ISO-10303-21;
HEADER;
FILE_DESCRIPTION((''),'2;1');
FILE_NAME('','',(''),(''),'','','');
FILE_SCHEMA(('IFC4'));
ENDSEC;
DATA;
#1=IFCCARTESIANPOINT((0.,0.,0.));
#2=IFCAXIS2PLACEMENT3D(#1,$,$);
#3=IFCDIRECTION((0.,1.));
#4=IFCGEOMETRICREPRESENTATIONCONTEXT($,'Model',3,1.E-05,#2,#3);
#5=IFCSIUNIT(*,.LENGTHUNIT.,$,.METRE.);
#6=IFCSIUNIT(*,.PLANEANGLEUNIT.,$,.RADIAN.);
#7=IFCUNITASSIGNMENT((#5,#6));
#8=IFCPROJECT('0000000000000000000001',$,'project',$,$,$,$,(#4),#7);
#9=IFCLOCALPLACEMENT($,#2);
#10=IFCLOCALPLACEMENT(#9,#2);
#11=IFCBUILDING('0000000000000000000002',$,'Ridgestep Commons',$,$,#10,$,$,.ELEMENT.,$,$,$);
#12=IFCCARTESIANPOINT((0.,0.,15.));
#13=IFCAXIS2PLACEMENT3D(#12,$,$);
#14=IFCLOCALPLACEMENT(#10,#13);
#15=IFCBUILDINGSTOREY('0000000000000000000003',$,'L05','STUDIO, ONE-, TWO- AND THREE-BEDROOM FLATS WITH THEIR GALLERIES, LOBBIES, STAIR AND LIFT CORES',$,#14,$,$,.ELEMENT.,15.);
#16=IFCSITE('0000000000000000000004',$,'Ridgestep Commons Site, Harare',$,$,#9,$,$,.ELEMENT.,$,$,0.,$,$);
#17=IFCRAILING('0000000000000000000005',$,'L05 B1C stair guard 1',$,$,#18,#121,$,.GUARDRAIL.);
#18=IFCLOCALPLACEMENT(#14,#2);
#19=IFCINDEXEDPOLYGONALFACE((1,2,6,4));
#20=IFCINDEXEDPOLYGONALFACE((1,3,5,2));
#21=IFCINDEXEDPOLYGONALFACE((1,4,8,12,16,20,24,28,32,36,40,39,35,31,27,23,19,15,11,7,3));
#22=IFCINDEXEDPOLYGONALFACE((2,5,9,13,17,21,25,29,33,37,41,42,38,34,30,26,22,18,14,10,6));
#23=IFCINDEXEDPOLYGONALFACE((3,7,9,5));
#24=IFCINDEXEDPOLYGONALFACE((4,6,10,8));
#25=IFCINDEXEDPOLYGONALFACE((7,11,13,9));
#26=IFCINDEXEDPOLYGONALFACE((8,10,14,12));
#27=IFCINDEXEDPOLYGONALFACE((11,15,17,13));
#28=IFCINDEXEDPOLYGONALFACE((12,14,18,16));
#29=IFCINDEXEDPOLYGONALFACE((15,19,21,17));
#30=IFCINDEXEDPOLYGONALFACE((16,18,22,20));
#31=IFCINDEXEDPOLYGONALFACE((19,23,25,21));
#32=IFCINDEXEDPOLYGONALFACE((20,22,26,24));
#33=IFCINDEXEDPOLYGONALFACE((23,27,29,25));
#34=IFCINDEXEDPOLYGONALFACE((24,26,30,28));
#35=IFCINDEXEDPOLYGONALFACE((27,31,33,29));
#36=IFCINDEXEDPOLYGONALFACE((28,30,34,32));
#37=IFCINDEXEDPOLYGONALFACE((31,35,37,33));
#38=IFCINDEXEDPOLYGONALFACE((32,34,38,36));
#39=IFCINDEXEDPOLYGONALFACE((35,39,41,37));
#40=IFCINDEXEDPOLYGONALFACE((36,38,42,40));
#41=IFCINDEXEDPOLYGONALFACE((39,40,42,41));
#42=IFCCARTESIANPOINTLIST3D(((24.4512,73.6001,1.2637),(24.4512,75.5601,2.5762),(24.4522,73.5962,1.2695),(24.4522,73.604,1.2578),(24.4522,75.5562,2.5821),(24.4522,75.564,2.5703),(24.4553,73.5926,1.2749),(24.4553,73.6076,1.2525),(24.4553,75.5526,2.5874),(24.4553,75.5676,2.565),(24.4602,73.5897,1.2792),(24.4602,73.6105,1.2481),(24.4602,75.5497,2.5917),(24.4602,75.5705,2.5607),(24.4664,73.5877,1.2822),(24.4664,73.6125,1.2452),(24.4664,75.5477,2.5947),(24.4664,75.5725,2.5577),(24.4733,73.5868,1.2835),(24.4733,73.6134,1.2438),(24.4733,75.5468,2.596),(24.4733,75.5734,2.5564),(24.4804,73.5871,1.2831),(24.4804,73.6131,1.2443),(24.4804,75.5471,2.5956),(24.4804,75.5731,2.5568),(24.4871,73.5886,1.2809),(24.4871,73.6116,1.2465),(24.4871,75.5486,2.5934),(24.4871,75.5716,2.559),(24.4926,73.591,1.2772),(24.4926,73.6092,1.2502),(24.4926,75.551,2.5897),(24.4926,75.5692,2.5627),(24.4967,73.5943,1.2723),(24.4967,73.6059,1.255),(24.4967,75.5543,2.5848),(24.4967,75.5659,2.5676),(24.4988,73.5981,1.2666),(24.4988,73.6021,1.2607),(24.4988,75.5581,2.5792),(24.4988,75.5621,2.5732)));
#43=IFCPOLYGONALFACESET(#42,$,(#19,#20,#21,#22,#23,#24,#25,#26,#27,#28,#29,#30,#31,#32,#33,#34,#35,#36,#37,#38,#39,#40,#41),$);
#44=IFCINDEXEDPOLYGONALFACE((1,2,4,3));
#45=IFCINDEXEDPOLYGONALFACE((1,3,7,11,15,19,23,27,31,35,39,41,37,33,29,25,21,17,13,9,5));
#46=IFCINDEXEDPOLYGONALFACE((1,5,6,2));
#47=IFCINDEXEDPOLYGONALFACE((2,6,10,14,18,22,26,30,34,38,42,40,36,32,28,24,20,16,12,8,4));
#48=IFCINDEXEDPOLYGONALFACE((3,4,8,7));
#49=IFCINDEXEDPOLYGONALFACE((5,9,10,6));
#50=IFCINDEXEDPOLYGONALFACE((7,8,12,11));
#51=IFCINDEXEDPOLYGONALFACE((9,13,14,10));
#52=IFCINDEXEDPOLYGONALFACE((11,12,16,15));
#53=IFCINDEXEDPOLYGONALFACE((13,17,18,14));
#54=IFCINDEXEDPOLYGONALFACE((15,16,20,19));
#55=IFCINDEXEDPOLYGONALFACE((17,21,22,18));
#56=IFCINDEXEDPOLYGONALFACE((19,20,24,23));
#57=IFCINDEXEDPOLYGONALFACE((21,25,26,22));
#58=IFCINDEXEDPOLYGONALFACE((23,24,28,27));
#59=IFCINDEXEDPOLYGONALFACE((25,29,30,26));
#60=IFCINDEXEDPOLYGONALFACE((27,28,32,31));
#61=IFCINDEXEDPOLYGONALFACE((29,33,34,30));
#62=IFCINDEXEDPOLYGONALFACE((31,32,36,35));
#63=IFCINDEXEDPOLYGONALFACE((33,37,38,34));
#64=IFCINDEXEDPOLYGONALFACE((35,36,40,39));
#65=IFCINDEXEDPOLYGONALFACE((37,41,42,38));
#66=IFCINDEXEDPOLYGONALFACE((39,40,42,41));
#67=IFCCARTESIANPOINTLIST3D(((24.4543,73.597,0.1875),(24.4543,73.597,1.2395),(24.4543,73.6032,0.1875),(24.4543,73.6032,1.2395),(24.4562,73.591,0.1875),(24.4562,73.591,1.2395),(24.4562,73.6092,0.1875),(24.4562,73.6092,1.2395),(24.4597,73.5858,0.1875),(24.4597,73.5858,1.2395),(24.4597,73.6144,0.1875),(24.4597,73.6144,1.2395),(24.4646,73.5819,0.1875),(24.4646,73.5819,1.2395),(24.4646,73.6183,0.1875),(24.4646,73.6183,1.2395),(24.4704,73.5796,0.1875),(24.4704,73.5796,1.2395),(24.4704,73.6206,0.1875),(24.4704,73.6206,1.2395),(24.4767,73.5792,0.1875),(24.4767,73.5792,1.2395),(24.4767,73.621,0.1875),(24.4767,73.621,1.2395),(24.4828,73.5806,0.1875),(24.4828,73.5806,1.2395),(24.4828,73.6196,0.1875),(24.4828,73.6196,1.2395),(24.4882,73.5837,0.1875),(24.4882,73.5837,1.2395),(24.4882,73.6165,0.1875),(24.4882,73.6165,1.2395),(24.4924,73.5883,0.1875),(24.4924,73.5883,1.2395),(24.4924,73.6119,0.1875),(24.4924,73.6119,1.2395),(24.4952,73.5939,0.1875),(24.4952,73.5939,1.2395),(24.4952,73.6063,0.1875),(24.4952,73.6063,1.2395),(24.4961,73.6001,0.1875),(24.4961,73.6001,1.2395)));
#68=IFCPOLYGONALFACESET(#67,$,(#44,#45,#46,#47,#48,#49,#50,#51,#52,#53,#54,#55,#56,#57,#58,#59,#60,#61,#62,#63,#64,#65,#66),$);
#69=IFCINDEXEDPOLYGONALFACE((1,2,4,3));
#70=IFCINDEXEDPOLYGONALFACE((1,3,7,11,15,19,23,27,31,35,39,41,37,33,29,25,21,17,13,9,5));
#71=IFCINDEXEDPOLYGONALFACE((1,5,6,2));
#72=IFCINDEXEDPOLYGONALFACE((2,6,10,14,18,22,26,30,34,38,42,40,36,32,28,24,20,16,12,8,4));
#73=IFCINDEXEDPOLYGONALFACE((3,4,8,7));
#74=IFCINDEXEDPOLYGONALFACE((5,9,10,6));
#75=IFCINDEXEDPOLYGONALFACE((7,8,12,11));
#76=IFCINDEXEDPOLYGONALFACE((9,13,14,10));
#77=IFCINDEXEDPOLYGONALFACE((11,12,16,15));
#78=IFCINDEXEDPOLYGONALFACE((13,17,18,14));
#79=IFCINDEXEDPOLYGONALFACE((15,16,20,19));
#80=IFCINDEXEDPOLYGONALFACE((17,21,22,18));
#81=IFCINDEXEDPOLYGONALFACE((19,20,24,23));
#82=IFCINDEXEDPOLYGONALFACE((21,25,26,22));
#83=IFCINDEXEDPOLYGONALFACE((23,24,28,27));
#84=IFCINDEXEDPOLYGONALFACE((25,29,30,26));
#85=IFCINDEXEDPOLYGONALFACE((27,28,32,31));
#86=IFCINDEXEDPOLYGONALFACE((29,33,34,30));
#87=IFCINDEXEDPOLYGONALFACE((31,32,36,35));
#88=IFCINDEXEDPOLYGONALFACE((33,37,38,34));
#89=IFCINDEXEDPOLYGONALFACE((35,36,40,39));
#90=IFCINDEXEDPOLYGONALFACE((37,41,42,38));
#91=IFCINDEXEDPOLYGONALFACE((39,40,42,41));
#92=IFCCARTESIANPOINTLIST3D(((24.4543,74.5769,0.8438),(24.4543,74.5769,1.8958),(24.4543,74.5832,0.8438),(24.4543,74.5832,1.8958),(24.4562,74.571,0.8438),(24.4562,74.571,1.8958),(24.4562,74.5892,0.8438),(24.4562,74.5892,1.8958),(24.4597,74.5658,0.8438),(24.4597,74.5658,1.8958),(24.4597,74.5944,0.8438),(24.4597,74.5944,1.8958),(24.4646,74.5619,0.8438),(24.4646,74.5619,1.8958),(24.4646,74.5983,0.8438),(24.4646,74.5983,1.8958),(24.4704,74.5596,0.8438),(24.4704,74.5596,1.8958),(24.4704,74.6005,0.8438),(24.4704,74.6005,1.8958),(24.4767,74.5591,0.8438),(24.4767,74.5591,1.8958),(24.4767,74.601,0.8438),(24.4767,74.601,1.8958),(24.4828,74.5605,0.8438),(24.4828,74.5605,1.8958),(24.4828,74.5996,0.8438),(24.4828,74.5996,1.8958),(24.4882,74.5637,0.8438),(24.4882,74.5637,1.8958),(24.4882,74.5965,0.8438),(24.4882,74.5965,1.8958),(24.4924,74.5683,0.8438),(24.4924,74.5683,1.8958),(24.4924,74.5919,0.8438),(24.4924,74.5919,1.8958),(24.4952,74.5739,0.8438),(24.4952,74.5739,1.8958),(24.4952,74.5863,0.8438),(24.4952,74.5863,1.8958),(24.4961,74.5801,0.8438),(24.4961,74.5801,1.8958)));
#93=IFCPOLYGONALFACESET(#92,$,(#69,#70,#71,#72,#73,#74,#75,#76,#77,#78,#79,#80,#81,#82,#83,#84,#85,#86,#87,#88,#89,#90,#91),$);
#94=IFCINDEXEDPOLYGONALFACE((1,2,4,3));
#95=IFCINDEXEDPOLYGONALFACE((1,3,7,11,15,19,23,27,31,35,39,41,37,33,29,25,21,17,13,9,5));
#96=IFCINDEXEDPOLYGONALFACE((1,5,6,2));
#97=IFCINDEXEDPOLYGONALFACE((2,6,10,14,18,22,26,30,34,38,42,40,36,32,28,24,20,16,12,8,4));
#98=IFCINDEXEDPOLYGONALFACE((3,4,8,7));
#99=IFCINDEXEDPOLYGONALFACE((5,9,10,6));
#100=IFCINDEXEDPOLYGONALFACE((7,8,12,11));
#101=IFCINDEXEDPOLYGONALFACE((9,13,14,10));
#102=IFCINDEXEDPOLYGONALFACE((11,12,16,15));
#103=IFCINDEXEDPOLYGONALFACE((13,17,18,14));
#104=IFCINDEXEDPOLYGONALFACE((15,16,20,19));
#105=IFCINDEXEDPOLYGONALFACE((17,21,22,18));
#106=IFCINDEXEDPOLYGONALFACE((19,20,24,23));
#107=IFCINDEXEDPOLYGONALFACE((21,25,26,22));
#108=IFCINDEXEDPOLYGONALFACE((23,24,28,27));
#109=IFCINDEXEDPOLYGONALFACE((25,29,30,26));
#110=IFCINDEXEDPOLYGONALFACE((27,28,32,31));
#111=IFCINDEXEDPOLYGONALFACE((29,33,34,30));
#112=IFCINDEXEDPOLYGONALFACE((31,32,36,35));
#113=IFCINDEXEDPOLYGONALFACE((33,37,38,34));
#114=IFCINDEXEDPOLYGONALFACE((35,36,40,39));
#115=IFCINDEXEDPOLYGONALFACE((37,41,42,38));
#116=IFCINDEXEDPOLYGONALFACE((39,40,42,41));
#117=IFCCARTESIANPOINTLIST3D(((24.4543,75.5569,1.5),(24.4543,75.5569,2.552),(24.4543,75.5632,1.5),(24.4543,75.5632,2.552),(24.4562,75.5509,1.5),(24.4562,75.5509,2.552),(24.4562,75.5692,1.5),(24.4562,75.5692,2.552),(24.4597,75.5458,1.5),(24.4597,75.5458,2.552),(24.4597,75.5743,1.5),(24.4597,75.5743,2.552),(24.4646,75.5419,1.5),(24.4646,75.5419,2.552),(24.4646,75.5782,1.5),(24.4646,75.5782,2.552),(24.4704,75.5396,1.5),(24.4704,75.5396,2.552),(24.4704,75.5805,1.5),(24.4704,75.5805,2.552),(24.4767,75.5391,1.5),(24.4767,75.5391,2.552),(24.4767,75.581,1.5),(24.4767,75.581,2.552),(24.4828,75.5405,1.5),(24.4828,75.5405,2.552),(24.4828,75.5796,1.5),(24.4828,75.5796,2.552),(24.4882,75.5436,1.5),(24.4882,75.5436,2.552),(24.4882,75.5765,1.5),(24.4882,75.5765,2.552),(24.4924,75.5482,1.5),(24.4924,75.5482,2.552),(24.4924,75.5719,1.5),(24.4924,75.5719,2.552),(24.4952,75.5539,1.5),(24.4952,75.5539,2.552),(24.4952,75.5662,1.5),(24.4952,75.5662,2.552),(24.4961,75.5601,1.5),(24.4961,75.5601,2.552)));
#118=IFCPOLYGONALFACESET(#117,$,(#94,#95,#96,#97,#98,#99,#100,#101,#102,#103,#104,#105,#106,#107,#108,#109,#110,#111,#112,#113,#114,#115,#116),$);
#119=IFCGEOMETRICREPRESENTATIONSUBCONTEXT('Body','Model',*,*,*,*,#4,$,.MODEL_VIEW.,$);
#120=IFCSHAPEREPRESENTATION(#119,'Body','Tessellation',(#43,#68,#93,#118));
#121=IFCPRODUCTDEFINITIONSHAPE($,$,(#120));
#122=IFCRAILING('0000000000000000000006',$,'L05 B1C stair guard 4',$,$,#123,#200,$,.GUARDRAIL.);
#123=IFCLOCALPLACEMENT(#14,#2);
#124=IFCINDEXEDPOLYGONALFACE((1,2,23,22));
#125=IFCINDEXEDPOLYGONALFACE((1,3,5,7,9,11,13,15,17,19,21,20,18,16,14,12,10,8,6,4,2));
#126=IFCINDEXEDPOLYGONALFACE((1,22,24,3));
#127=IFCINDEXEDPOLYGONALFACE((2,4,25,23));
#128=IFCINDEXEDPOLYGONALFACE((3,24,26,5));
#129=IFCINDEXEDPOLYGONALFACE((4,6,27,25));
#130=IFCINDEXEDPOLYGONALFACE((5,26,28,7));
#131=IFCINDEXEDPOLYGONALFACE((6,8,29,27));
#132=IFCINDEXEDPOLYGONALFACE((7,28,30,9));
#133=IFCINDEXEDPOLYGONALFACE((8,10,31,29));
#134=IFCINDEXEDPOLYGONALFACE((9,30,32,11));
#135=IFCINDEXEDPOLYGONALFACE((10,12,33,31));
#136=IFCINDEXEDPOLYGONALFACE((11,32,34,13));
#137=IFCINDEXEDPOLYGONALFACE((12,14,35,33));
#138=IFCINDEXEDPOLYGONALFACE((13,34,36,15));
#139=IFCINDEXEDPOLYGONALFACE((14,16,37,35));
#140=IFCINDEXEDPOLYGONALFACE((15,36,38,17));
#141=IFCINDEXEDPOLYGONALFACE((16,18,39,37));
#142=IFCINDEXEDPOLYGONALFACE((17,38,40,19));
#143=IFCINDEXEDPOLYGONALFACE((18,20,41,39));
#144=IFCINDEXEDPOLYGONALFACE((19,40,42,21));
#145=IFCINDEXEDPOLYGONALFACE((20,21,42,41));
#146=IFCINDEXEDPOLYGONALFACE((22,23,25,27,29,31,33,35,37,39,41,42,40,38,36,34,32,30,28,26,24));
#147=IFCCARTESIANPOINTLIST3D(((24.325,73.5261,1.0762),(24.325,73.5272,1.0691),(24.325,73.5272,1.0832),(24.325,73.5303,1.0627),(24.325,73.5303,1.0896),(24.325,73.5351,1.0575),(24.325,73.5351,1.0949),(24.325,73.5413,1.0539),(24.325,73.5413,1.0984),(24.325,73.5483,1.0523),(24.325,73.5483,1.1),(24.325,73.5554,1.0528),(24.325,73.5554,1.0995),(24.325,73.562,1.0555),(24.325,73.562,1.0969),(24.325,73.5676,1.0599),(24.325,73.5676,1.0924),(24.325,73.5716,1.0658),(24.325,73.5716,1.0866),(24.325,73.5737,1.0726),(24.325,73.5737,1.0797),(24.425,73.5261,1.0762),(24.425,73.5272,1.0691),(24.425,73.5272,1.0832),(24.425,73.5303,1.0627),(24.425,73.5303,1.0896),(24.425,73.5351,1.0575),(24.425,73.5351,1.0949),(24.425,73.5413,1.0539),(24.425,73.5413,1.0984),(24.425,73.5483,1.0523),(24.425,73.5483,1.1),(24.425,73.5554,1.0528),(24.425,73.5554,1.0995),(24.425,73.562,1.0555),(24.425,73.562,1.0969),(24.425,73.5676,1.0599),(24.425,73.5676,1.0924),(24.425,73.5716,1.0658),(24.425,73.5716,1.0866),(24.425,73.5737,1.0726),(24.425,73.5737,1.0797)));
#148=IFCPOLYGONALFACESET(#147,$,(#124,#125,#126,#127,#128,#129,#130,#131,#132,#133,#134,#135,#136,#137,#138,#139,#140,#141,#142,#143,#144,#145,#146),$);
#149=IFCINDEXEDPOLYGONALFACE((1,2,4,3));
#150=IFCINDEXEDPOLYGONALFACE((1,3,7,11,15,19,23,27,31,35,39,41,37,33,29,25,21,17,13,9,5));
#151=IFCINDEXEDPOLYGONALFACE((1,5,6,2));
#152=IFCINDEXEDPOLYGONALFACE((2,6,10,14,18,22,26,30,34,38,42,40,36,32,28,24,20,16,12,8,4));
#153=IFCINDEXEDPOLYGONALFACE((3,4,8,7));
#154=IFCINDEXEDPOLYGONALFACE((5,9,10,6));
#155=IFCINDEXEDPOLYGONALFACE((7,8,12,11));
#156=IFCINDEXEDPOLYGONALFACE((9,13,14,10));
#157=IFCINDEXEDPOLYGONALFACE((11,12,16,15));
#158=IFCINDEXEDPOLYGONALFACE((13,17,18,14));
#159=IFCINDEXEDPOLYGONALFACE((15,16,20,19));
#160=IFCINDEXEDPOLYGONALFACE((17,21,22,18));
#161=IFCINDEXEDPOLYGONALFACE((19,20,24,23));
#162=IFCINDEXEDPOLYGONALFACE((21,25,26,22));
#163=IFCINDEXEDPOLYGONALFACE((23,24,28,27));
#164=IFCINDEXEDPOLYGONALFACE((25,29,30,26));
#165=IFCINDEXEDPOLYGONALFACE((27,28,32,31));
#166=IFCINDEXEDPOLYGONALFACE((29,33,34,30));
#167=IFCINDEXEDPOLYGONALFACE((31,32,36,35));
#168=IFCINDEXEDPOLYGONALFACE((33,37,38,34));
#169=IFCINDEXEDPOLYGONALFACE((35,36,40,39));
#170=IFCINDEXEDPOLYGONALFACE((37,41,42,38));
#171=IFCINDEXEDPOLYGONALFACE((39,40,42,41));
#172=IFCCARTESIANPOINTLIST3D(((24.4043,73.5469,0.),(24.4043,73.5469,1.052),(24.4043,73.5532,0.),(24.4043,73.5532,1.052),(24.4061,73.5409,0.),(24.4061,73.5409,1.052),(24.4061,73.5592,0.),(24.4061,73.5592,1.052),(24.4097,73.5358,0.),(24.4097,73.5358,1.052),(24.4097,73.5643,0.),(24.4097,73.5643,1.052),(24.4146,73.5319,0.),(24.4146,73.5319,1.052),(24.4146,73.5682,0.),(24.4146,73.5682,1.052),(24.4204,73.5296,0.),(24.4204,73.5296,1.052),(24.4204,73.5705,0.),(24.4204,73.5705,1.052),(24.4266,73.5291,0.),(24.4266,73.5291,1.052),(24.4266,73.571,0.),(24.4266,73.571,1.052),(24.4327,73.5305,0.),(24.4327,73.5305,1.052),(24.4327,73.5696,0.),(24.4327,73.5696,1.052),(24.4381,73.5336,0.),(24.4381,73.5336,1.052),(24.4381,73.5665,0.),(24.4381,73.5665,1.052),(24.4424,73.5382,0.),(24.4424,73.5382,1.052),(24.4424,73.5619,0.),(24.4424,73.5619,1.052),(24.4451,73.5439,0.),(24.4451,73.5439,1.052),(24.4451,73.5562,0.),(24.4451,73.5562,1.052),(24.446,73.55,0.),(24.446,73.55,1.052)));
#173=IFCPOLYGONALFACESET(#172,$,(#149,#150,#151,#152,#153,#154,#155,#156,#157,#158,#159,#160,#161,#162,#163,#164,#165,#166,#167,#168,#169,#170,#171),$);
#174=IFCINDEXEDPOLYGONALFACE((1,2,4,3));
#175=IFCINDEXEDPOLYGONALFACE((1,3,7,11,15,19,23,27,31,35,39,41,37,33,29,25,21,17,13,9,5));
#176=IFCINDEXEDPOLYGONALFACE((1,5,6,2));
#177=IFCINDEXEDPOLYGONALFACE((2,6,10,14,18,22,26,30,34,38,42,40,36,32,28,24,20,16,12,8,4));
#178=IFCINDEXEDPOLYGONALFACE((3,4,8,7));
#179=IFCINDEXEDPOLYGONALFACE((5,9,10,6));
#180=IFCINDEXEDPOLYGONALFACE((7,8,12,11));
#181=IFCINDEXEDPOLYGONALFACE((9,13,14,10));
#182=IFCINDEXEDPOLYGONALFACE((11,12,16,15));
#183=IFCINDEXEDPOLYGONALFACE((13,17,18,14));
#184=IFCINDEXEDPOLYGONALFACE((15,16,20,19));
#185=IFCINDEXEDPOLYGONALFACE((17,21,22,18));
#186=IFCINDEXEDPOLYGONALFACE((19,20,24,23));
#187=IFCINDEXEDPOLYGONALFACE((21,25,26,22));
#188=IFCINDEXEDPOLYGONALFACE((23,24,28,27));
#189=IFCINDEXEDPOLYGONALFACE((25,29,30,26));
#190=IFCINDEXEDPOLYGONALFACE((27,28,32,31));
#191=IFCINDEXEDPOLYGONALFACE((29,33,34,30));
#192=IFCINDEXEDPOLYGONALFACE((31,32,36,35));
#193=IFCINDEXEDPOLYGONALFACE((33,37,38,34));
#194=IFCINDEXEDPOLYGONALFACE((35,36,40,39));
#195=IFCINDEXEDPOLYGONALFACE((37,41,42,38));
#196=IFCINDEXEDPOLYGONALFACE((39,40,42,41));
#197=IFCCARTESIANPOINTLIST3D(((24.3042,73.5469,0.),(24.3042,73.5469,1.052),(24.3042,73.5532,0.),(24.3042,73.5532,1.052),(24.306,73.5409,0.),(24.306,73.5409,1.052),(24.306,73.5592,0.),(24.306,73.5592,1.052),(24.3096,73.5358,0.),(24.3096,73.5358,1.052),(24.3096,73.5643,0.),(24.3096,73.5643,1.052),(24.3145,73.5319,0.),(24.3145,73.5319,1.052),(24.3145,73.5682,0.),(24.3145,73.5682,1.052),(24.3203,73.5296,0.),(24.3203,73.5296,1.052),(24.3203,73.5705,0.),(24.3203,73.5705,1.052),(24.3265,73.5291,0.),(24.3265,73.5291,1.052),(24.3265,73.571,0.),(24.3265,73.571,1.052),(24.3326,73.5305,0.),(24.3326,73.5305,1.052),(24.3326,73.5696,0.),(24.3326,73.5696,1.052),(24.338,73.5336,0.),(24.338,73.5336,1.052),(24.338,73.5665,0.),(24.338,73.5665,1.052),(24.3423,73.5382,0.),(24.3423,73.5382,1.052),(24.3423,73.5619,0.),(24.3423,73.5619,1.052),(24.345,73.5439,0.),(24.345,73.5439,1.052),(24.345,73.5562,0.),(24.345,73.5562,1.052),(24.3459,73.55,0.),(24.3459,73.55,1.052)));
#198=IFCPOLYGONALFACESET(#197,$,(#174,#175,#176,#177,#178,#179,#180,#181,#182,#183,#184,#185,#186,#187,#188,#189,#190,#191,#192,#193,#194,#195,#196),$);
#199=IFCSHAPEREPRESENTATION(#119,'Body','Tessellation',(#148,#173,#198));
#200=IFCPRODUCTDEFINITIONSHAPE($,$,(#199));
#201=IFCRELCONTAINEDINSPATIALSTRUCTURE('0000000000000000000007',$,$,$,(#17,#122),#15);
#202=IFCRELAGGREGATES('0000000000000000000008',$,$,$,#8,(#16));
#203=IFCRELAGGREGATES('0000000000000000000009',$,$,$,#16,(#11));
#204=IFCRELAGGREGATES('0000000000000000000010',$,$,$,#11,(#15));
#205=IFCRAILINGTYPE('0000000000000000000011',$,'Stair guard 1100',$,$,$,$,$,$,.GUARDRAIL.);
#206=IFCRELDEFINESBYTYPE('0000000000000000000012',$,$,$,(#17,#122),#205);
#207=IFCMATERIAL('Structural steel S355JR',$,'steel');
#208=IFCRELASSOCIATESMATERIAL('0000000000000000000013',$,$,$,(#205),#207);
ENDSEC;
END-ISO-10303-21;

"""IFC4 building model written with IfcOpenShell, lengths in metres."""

from ifc_helpers import new_model, si_unit, direction, frame, origin, origin_2d, place, context, subcontext, project, spatial, circle, extrude, material, type_object, element, save


model = new_model("IFC4")

# Units and contexts
model_context = context("Model", 3, precision=1e-05, world=origin(), true_north=direction((0.0, 1.0)))
body_context = subcontext(model_context, "Body", "Model", "MODEL_VIEW")
ifc_project = project(units=[si_unit("LENGTHUNIT", "METRE"), si_unit("PLANEANGLEUNIT", "RADIAN")], contexts=[model_context])

# Site, building, storey
site_placement = place(None, origin())
site = spatial("IfcSite", under=ifc_project, at=site_placement, Name="Ridgestep Commons Site, Harare", CompositionType="ELEMENT", RefElevation=0.0)
building_placement = place(site_placement, origin())
building = spatial("IfcBuilding", under=site, at=building_placement, Name="Ridgestep Commons", CompositionType="ELEMENT")
storey_placement = place(building_placement, frame((0.0, 0.0, 15.0)))
storey = spatial("IfcBuildingStorey", under=building, at=storey_placement, Name="L05", Description="STUDIO, ONE-, TWO- AND THREE-BEDROOM FLATS WITH THEIR GALLERIES, LOBBIES, STAIR AND LIFT CORES", CompositionType="ELEMENT", Elevation=15.0)

# Railings
ifc_material_1 = material(Name="Structural steel S355JR", Category="steel")
railing_type_1 = type_object("IfcRailingType", Name="Stair guard 1100", PredefinedType="GUARDRAIL", material=ifc_material_1)
railing_1_placement = place(storey_placement, frame((24.4751, 73.6001, 0.1875)))
element("IfcRailing", 1, at=railing_1_placement, inside=storey, type_object=railing_type_1, Name="L05 B1C stair guard 1", PredefinedType="GUARDRAIL", context=body_context, shape_type="SweptSolid", body=[
    extrude(circle(Radius=0.0239, at=origin_2d()), frame((0.0, 0.0, 1.0762), z_axis=(0.0, 0.830902, 0.556419), x_axis=(-1.0, 0.0, 0.0)), (0.0, 0.0, 1.0), 2.3589),
    extrude(circle(Radius=0.021, at=origin_2d()), origin(), (0.0, 0.0, 1.0), 1.052),
    extrude(circle(Radius=0.021, at=origin_2d()), frame((0.0, 0.98, 0.6562)), (0.0, 0.0, 1.0), 1.052),
    extrude(circle(Radius=0.021, at=origin_2d()), frame((0.0, 1.96, 1.3125)), (0.0, 0.0, 1.0), 1.052),
])
railing_2_placement = place(storey_placement, frame((24.425, 73.55, 0.0)))
element("IfcRailing", 2, at=railing_2_placement, inside=storey, type_object=railing_type_1, Name="L05 B1C stair guard 4", PredefinedType="GUARDRAIL", context=body_context, shape_type="SweptSolid", body=[
    extrude(circle(Radius=0.0239, at=origin_2d()), frame((0.0, 0.0, 1.0762), z_axis=(-1.0, 0.0, 0.0), x_axis=(0.0, -1.0, 0.0)), (0.0, 0.0, 1.0), 0.1001),
    extrude(circle(Radius=0.021, at=origin_2d()), origin(), (0.0, 0.0, 1.0), 1.052),
    extrude(circle(Radius=0.021, at=origin_2d()), frame((-0.1001, 0.0, 0.0)), (0.0, 0.0, 1.0), 1.052),
])

save(model, "model.ifc")
